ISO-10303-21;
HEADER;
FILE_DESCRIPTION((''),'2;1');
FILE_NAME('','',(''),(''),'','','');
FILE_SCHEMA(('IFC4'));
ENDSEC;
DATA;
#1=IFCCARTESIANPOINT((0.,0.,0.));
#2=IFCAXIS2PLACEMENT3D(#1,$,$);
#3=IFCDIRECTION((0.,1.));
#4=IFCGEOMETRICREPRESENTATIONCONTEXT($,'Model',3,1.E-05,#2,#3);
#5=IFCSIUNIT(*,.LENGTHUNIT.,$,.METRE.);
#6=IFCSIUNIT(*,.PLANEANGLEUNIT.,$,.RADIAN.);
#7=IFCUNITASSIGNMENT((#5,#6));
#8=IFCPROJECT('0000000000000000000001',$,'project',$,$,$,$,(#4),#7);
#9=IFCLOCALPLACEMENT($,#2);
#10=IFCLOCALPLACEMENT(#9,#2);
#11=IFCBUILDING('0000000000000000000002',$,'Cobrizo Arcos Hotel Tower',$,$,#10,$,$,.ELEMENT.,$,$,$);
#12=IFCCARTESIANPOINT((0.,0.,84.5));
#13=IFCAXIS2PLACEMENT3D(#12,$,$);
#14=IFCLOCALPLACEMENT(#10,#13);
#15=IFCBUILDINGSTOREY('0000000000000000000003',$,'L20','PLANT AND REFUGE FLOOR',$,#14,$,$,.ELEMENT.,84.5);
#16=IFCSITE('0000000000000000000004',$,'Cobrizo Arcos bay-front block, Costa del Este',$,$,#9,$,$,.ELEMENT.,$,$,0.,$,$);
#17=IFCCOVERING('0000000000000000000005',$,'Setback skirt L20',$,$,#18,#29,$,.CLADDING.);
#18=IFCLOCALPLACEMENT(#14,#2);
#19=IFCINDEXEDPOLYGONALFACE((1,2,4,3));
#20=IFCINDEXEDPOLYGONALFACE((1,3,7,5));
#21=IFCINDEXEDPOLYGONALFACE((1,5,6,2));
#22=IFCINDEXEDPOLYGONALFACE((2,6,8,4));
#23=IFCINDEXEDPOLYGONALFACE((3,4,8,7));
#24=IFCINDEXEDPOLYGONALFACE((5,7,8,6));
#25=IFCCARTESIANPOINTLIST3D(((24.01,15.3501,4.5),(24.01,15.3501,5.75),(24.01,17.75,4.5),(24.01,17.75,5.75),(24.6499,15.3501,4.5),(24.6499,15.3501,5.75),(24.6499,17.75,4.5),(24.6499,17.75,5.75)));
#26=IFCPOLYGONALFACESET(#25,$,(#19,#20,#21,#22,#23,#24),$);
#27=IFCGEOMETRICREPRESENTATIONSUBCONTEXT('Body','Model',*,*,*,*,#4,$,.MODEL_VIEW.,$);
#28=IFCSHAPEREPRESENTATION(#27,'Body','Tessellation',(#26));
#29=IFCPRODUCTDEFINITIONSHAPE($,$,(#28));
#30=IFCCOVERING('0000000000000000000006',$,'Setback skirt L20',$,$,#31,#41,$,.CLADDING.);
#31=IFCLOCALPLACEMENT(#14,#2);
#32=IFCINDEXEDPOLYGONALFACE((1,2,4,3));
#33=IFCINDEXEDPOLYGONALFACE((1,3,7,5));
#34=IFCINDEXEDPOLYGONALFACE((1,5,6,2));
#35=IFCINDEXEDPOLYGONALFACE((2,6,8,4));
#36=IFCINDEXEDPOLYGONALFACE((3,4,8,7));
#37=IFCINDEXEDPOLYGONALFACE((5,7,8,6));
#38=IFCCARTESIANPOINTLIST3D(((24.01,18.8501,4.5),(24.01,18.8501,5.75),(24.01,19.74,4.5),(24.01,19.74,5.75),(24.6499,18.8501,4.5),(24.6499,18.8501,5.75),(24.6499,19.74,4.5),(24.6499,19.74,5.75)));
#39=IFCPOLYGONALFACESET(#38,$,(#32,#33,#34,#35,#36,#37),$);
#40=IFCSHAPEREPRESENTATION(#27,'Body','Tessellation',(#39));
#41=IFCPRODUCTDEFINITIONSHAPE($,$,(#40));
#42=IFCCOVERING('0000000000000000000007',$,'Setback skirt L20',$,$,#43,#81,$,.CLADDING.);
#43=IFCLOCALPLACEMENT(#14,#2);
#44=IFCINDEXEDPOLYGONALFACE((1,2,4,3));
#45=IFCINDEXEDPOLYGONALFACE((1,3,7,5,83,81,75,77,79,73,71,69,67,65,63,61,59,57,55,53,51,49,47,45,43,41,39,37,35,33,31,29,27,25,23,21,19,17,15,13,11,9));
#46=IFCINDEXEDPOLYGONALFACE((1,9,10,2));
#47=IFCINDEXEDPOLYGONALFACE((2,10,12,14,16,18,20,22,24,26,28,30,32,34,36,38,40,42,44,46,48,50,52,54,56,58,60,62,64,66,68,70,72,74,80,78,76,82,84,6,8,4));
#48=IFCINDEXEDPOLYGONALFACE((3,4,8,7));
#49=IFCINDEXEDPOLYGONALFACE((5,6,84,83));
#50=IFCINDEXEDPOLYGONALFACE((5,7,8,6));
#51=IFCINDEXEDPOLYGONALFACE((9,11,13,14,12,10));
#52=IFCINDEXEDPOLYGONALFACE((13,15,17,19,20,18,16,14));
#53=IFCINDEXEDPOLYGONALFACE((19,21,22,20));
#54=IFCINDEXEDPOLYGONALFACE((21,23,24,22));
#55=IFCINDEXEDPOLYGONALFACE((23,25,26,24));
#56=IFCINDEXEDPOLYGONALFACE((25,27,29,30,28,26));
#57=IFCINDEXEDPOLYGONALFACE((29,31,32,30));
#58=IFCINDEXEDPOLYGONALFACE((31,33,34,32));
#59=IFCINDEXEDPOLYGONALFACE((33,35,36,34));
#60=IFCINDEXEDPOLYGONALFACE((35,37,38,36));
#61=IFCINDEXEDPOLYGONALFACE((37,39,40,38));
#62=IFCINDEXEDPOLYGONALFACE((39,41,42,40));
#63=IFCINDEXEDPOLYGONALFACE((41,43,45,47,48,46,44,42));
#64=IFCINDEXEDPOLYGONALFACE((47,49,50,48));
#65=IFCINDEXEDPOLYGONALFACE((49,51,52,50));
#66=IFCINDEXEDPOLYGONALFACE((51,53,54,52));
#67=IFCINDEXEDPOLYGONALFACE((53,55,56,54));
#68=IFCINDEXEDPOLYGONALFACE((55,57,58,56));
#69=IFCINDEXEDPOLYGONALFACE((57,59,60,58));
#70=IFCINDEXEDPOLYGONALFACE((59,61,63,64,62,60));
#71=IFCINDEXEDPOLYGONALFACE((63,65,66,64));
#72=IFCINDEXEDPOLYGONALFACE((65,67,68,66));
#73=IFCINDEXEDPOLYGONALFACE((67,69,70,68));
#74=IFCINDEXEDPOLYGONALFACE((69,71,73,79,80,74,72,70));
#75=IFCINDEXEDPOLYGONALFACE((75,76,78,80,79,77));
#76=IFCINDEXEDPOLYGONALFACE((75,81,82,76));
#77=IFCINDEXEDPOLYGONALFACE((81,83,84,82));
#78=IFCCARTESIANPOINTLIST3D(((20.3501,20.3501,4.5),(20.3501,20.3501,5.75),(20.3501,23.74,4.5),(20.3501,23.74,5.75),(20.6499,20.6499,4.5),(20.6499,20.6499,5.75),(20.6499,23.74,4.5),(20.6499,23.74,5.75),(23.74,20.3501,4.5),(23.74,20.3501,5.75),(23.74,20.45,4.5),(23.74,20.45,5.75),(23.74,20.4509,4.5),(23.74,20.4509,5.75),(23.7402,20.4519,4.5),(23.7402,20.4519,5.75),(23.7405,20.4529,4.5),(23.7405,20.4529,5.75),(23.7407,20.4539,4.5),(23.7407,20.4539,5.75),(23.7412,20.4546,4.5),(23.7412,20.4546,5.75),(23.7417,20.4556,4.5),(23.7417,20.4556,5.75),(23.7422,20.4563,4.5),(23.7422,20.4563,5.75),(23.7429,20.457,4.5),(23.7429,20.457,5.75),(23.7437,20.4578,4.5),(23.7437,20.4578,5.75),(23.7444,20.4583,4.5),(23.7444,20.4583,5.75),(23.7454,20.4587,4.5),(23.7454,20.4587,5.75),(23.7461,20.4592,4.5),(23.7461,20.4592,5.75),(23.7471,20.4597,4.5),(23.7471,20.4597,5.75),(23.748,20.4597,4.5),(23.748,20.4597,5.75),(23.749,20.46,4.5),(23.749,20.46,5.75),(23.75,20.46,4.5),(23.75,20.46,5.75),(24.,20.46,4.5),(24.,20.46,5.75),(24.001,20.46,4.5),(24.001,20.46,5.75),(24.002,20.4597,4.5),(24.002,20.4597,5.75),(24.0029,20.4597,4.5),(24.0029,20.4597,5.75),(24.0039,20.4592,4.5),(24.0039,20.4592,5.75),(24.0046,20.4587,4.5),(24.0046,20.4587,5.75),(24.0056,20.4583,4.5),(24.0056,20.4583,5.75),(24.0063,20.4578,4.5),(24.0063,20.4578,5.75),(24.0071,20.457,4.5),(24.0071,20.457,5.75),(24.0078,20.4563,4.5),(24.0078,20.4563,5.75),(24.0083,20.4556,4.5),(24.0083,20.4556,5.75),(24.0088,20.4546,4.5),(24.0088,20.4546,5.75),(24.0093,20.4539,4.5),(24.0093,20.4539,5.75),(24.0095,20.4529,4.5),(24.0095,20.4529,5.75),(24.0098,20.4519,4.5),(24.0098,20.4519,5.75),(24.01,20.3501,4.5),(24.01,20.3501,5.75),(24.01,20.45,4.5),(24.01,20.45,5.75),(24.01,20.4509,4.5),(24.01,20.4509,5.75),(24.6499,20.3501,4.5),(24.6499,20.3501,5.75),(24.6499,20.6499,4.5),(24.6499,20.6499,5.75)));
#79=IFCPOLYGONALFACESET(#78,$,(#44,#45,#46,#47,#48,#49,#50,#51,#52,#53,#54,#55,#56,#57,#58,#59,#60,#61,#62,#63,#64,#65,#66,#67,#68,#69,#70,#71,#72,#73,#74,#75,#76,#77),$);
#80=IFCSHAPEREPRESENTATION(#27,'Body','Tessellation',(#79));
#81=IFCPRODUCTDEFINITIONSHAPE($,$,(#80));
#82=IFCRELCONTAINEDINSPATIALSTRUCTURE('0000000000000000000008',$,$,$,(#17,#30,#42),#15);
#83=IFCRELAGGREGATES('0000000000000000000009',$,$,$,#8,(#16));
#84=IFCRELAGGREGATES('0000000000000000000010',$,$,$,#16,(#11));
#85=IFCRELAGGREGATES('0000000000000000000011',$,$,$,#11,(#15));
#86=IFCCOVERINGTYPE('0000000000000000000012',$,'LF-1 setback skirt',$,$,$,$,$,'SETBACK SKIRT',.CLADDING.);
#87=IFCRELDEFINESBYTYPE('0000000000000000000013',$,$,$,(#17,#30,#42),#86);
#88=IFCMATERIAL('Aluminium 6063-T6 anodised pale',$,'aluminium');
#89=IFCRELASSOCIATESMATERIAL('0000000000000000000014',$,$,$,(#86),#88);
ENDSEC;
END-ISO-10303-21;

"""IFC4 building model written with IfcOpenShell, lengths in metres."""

from ifc_helpers import new_model, si_unit, direction, frame, origin, place, context, subcontext, project, spatial, polyline, outline, extrude, material, type_object, element, save


model = new_model("IFC4")

# Units and contexts
model_context = context("Model", 3, precision=1e-05, world=origin(), true_north=direction((0.0, 1.0)))
body_context = subcontext(model_context, "Body", "Model", "MODEL_VIEW")
ifc_project = project(units=[si_unit("LENGTHUNIT", "METRE"), si_unit("PLANEANGLEUNIT", "RADIAN")], contexts=[model_context])

# Site, building, storey
site_placement = place(None, origin())
site = spatial("IfcSite", under=ifc_project, at=site_placement, Name="Cobrizo Arcos bay-front block, Costa del Este", CompositionType="ELEMENT", RefElevation=0.0)
building_placement = place(site_placement, origin())
building = spatial("IfcBuilding", under=site, at=building_placement, Name="Cobrizo Arcos Hotel Tower", CompositionType="ELEMENT")
storey_placement = place(building_placement, frame((0.0, 0.0, 84.5)))
storey = spatial("IfcBuildingStorey", under=building, at=storey_placement, Name="L20", Description="PLANT AND REFUGE FLOOR", CompositionType="ELEMENT", Elevation=84.5)

# Coverings
ifc_material = material(Name="Aluminium 6063-T6 anodised pale", Category="aluminium")
covering_type = type_object("IfcCoveringType", Name="LF-1 setback skirt", ElementType="SETBACK SKIRT", PredefinedType="CLADDING", material=ifc_material)
covering_1_placement = place(storey_placement, frame((0.0, 0.0, 4.5)))
element("IfcCovering", 1, at=covering_1_placement, inside=storey, type_object=covering_type, Name="Setback skirt L20", PredefinedType="CLADDING", context=body_context, shape_type="SweptSolid", body=[
    extrude(outline(polyline([(24.6499, 17.75), (24.01, 17.75), (24.01, 15.3501), (24.6499, 15.3501), (24.6499, 17.75)])), origin(), (0.0, 0.0, 1.0), 1.25),
])
covering_2_placement = place(storey_placement, frame((0.0, 0.0, 4.5)))
element("IfcCovering", 2, at=covering_2_placement, inside=storey, type_object=covering_type, Name="Setback skirt L20", PredefinedType="CLADDING", context=body_context, shape_type="SweptSolid", body=[
    extrude(outline(polyline([(24.6499, 19.74), (24.01, 19.74), (24.01, 18.8501), (24.6499, 18.8501), (24.6499, 19.74)])), origin(), (0.0, 0.0, 1.0), 1.25),
])
covering_3_placement = place(storey_placement, frame((0.0, 0.0, 4.5)))
element("IfcCovering", 3, at=covering_3_placement, inside=storey, type_object=covering_type, Name="Setback skirt L20", PredefinedType="CLADDING", context=body_context, shape_type="SweptSolid", body=[
    extrude(outline(polyline([(20.6499, 23.74), (20.3501, 23.74), (20.3501, 20.3501), (23.74, 20.3501), (23.74, 20.45), (23.74, 20.4509), (23.7402, 20.4519), (23.7405, 20.4529), (23.7407, 20.4539), (23.7412, 20.4546), (23.7417, 20.4556), (23.7422, 20.4563), (23.7429, 20.457), (23.7437, 20.4578), (23.7444, 20.4583), (23.7454, 20.4587), (23.7461, 20.4592), (23.7471, 20.4597), (23.748, 20.4597), (23.749, 20.46), (23.75, 20.46), (24.0, 20.46), (24.001, 20.46), (24.002, 20.4597), (24.0029, 20.4597), (24.0039, 20.4592), (24.0046, 20.4587), (24.0056, 20.4583), (24.0063, 20.4578), (24.0071, 20.457), (24.0078, 20.4563), (24.0083, 20.4556), (24.0088, 20.4546), (24.0093, 20.4539), (24.0095, 20.4529), (24.0098, 20.4519), (24.01, 20.4509), (24.01, 20.45), (24.01, 20.3501), (24.6499, 20.3501), (24.6499, 20.6499), (20.6499, 20.6499), (20.6499, 23.74)])), origin(), (0.0, 0.0, 1.0), 1.25),
])

save(model, "model.ifc")
